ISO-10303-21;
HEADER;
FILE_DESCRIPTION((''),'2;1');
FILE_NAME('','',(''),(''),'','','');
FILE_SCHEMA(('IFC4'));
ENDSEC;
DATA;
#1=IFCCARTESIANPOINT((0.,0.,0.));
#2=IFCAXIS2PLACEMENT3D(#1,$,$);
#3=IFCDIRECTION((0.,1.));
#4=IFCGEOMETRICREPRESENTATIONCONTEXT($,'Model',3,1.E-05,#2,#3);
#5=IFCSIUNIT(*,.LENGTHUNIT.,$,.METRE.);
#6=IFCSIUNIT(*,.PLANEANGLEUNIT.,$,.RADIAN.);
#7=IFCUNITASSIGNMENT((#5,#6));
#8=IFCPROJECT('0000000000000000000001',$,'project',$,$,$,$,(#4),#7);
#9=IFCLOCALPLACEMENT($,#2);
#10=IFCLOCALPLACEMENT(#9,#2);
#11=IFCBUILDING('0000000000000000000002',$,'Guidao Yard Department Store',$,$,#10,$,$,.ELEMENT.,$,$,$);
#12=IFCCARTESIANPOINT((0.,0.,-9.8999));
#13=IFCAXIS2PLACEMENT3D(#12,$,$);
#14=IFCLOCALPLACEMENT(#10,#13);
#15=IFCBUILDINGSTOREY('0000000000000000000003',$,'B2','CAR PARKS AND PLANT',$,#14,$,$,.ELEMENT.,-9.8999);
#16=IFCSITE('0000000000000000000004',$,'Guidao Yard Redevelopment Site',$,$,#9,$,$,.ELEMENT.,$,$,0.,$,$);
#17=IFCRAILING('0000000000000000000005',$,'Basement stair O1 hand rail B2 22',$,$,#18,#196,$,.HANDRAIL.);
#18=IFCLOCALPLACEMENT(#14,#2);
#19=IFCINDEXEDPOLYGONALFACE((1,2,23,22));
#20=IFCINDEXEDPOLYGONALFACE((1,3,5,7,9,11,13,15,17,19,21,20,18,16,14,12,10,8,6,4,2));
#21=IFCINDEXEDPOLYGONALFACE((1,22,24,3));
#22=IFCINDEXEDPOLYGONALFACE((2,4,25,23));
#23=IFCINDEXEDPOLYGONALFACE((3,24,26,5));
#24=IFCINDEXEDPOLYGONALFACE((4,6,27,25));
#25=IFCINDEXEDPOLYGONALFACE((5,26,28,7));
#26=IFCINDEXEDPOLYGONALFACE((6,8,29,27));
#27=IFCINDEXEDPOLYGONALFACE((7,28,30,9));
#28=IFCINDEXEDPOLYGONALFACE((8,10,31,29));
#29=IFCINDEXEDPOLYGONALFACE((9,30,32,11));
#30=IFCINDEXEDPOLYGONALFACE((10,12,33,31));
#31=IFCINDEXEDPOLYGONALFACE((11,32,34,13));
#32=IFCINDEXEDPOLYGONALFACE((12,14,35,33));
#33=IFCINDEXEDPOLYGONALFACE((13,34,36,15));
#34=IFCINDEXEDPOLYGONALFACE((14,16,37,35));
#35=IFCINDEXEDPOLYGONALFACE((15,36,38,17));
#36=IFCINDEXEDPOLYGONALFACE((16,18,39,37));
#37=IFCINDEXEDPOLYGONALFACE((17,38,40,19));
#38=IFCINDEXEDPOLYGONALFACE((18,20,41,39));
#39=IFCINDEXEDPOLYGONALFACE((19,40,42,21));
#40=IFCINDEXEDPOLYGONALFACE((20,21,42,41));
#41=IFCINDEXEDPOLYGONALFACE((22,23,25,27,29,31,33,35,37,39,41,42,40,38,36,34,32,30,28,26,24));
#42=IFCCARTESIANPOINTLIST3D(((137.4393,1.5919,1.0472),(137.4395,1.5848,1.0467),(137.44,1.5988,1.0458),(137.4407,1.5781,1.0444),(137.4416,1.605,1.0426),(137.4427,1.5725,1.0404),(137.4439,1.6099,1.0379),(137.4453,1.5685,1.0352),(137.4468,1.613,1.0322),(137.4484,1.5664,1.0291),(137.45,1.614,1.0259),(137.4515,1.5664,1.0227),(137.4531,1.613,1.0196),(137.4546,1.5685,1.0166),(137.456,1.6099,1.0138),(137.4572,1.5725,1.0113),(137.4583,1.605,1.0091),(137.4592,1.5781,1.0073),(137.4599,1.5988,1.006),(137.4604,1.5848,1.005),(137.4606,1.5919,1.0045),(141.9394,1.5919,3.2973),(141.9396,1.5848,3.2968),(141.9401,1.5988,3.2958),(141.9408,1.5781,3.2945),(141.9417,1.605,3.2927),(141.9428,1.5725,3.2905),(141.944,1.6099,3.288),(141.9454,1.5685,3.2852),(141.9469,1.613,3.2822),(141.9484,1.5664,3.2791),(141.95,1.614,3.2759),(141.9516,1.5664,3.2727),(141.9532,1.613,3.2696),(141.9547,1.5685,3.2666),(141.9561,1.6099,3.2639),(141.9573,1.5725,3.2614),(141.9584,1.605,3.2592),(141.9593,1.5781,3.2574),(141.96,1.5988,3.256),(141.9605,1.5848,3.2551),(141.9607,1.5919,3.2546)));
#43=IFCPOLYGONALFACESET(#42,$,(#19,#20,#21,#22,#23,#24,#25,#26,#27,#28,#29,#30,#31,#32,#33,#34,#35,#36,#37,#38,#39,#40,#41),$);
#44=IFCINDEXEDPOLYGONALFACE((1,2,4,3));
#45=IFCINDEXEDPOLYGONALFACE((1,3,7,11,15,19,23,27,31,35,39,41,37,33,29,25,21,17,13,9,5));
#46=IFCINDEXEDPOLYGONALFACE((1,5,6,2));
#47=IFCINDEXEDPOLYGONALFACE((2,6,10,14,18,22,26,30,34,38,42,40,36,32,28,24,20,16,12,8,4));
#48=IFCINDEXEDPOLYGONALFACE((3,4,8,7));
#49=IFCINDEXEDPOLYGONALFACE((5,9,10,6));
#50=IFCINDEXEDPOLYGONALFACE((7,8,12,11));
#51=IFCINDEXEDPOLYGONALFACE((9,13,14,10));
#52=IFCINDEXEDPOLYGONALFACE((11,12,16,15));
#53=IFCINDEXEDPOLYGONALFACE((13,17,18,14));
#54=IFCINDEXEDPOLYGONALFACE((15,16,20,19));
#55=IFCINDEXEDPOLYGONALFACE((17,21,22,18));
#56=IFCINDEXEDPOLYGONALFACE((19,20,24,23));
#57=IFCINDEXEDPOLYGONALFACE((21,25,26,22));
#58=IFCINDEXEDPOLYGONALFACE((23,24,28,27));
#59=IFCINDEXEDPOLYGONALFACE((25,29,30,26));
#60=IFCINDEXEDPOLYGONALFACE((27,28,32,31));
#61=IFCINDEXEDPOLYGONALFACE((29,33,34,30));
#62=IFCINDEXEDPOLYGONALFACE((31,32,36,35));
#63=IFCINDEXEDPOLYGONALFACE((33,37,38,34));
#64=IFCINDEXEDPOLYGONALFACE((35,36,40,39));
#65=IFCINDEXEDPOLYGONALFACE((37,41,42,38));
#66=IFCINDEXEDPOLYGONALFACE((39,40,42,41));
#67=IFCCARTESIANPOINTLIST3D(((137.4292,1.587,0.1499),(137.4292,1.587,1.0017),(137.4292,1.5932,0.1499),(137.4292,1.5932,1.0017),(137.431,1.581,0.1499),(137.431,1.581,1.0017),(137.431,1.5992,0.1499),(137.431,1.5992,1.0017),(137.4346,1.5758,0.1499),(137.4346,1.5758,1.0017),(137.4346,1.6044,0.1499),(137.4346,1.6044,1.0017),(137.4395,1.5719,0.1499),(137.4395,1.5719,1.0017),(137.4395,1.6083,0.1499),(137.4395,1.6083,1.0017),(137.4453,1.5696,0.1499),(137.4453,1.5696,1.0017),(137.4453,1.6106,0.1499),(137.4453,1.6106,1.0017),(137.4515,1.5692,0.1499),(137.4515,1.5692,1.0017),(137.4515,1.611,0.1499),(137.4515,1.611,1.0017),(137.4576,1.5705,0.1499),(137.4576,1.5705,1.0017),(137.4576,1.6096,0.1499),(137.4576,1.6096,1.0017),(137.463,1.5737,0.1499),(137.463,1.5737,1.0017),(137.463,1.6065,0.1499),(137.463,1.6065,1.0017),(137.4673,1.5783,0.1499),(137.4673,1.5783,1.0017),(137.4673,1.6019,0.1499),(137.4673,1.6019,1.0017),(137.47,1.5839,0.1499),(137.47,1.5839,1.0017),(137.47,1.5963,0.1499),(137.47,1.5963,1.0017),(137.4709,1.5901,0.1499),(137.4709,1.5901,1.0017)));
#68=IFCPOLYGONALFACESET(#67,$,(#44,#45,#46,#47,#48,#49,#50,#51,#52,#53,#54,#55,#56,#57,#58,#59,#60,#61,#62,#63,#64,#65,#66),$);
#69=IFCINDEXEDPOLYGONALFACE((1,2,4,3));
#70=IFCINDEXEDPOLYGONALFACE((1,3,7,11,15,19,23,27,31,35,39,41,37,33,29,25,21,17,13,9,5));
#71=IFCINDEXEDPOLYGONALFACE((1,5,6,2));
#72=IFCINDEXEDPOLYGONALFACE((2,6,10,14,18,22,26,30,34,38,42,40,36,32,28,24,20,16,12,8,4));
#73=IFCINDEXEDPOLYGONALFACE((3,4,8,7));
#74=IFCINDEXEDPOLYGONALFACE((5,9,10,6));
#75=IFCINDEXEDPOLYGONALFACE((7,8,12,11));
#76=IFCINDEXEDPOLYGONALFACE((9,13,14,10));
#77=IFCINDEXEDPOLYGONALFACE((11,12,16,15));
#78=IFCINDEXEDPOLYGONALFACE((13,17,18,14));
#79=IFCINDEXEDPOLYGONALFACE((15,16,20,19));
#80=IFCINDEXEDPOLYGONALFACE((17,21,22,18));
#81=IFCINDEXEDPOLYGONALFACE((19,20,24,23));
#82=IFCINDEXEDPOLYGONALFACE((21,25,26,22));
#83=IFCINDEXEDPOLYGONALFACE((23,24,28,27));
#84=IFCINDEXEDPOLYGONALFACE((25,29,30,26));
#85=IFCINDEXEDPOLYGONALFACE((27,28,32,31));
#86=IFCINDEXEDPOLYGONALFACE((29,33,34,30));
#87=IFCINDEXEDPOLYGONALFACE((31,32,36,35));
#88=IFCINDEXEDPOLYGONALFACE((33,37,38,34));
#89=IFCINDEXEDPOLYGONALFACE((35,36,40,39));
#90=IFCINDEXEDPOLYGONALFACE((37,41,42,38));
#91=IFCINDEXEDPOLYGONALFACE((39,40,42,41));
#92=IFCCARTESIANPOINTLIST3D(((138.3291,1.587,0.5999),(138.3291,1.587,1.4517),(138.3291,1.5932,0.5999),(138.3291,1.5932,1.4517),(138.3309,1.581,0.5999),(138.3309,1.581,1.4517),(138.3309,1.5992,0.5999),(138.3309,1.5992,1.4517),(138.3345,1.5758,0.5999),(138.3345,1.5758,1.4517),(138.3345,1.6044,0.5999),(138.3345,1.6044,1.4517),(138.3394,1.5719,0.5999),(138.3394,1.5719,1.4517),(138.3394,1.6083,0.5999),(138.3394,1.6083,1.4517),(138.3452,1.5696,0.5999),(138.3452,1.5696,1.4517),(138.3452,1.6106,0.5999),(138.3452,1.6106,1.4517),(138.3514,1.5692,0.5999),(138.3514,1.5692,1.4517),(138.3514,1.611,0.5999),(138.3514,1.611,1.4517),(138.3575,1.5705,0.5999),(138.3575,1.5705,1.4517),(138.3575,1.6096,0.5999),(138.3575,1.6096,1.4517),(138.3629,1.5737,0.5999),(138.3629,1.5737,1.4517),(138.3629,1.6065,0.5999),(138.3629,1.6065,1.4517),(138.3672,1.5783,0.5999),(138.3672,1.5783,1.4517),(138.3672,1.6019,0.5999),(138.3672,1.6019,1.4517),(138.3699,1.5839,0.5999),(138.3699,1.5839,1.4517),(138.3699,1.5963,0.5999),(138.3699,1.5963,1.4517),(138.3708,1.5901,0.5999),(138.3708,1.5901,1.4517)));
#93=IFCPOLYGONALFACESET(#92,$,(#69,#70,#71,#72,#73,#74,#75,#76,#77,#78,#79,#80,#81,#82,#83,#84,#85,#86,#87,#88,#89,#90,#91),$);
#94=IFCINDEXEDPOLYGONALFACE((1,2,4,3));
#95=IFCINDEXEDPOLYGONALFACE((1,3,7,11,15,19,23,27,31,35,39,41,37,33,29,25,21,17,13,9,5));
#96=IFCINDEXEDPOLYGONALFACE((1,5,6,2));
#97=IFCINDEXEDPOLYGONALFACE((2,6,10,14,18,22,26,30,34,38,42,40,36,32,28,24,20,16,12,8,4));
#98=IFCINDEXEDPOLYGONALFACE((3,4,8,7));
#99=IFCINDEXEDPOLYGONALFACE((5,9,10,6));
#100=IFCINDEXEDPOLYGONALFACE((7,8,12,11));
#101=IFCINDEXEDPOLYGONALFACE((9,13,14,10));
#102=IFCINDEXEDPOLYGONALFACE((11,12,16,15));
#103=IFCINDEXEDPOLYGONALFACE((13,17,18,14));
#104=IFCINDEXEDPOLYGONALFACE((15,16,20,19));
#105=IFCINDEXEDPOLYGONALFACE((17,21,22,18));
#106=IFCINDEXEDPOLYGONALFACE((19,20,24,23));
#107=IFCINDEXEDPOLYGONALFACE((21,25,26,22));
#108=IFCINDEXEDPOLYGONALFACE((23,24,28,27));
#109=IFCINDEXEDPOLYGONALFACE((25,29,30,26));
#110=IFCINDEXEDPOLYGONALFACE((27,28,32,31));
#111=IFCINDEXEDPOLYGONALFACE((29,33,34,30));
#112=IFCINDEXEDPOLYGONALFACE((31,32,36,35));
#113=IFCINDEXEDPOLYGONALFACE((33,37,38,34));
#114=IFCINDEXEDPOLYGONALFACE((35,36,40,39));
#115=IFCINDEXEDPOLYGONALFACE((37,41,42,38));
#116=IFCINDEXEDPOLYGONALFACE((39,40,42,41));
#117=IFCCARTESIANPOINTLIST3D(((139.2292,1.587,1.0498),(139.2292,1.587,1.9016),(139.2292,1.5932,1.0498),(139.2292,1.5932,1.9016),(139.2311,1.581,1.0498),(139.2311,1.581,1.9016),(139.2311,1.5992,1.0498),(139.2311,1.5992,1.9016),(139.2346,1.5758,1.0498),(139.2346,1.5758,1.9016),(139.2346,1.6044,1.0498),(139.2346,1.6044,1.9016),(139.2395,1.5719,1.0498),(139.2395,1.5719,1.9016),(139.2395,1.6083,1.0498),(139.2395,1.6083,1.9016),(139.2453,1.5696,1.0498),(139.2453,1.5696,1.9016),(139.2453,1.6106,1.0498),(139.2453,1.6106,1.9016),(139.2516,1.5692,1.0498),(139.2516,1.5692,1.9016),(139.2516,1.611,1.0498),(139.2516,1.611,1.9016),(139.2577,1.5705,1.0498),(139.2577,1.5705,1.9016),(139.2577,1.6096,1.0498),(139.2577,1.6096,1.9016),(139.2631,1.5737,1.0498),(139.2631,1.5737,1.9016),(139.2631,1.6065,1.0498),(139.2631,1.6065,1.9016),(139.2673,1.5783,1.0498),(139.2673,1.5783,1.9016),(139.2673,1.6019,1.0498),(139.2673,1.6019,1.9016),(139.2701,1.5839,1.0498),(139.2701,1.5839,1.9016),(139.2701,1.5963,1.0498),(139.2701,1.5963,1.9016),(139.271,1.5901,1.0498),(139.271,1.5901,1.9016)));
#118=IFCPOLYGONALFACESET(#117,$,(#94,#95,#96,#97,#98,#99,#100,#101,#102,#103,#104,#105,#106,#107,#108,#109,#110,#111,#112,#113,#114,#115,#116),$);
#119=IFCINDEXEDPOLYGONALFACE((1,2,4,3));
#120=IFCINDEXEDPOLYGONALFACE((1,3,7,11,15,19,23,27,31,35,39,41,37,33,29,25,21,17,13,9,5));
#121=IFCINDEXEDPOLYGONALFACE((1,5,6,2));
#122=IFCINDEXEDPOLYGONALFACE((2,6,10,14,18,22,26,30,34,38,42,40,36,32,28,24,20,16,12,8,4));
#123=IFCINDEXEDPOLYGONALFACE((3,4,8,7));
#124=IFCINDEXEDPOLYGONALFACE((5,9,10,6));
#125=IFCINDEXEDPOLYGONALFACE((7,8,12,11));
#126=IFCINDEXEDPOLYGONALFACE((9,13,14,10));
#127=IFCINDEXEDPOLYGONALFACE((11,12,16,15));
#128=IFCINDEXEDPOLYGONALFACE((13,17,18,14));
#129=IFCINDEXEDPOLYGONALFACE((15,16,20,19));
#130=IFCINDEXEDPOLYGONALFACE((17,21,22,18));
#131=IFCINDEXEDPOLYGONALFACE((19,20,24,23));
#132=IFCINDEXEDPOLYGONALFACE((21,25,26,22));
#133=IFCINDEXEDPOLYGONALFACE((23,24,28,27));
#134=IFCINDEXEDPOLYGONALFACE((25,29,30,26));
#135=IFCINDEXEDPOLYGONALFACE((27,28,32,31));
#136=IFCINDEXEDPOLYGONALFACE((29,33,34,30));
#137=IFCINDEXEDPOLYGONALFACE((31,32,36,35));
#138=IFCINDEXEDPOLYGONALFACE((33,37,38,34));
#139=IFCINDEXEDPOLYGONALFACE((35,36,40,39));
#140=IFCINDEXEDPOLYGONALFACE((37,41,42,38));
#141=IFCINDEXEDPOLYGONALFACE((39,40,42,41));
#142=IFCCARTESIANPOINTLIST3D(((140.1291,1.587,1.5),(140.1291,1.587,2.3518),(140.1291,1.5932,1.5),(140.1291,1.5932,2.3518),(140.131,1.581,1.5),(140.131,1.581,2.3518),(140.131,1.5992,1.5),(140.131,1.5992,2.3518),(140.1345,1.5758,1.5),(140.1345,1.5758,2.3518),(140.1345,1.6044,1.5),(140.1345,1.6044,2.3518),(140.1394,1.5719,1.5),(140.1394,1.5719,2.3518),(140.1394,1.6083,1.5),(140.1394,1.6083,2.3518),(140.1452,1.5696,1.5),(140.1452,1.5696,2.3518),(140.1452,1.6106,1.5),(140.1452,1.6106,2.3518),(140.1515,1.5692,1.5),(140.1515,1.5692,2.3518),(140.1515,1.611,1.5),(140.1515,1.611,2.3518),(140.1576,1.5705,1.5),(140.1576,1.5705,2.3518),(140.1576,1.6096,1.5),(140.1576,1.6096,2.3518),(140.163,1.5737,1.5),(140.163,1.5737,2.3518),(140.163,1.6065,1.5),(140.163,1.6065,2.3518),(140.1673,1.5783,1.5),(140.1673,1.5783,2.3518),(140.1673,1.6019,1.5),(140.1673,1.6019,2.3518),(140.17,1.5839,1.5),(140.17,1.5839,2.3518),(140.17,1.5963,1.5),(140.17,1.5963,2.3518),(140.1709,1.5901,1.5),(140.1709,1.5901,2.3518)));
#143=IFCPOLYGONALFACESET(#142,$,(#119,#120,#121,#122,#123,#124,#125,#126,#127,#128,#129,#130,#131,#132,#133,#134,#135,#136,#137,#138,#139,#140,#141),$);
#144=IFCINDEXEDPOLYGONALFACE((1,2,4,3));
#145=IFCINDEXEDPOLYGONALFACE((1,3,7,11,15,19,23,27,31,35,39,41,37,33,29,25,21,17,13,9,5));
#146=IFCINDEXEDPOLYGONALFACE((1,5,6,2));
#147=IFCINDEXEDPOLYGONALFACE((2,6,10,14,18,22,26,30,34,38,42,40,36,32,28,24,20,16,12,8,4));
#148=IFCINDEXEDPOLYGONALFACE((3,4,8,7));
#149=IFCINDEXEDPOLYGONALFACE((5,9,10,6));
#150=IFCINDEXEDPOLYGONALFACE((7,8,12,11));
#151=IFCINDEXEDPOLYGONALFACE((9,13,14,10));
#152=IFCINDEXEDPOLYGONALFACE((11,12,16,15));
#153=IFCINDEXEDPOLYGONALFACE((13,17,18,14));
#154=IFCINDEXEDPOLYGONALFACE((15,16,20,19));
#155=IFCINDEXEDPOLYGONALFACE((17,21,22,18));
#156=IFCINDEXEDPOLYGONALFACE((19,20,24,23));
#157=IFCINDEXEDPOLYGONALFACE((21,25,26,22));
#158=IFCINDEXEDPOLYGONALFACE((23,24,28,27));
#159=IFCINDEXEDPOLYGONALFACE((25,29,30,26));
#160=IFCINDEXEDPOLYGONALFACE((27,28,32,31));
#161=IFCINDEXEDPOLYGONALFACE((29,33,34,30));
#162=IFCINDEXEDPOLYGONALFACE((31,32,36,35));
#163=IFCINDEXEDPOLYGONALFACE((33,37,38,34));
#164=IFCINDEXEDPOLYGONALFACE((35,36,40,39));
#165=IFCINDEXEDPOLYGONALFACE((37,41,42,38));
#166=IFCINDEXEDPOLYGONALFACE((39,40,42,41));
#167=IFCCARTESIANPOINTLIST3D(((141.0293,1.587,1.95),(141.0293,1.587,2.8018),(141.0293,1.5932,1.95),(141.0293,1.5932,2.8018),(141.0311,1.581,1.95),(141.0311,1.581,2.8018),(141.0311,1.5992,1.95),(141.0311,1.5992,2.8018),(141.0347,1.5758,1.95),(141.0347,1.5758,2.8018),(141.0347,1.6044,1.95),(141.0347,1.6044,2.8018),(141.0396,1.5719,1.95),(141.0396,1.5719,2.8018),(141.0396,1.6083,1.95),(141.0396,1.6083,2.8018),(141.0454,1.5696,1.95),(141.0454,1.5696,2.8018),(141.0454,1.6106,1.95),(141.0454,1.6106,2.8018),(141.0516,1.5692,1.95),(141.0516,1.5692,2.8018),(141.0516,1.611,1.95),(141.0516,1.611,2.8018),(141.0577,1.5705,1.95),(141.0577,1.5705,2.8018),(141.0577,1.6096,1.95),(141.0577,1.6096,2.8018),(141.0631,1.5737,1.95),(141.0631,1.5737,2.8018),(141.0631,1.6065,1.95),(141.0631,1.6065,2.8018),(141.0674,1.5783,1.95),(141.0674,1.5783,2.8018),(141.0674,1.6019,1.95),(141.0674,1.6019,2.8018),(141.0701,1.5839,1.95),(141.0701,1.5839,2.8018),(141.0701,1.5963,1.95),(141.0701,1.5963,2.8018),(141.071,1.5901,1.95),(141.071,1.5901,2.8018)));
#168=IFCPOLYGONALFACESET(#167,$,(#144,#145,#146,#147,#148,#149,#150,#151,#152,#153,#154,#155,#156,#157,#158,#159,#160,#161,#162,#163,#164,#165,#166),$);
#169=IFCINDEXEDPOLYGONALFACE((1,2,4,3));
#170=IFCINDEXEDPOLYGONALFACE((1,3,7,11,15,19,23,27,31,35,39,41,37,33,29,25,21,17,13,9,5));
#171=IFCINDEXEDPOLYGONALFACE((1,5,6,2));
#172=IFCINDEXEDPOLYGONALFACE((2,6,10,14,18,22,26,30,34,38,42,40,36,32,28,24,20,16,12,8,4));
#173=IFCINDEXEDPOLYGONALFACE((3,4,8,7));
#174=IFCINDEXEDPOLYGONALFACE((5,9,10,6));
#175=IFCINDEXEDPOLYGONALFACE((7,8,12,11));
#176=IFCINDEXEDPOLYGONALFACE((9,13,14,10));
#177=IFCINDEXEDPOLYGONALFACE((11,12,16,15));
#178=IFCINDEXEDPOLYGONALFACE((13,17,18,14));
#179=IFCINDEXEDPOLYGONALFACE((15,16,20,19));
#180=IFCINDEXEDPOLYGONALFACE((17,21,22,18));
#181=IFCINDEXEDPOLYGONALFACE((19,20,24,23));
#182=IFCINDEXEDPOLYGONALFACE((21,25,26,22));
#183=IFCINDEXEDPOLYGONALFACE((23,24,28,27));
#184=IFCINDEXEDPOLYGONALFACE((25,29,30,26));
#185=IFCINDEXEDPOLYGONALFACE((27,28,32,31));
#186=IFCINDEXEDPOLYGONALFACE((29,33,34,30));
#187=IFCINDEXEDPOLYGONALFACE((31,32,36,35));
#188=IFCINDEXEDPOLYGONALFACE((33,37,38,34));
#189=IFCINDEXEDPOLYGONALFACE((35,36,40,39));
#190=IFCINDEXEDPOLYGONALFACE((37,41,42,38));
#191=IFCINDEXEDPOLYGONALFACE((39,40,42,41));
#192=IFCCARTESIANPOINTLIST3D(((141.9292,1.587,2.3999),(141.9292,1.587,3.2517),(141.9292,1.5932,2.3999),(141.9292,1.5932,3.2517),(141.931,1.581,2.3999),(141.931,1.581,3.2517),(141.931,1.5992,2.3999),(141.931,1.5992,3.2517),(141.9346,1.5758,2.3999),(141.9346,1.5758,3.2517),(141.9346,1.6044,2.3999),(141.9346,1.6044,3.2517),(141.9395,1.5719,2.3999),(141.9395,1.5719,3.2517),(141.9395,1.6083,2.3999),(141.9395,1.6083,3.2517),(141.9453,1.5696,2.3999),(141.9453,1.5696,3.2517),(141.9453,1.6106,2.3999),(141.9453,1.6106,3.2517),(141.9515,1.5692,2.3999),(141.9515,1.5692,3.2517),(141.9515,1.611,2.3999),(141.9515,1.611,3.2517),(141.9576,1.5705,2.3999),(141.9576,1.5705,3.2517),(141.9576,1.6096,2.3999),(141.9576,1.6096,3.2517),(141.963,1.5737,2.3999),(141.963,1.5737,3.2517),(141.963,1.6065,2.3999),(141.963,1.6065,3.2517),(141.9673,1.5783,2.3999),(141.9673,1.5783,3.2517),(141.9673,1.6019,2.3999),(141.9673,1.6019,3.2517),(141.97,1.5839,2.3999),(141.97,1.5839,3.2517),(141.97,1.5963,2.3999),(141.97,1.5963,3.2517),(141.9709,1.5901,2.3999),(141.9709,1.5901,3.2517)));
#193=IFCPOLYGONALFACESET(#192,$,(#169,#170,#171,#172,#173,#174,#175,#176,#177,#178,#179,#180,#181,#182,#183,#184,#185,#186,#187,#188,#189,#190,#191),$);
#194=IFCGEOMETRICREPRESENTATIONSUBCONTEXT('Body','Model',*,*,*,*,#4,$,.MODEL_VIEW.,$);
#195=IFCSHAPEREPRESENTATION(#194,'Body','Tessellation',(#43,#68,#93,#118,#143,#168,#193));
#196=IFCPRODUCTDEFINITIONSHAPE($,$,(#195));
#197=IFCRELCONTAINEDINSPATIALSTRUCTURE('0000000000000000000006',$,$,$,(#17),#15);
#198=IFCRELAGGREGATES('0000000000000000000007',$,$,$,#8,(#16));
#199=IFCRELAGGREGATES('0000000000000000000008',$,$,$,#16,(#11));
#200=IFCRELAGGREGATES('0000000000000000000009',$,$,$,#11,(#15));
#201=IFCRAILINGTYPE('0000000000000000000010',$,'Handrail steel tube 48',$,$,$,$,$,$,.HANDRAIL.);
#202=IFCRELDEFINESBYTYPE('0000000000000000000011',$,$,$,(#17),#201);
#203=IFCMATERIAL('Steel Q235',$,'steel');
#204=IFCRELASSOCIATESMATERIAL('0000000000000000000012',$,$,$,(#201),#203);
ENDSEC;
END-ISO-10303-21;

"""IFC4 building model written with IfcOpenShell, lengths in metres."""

from ifc_helpers import new_model, si_unit, direction, frame, origin, origin_2d, place, context, subcontext, project, spatial, circle, extrude, material, type_object, element, save


model = new_model("IFC4")

# Units and contexts
model_context = context("Model", 3, precision=1e-05, world=origin(), true_north=direction((0.0, 1.0)))
body_context = subcontext(model_context, "Body", "Model", "MODEL_VIEW")
ifc_project = project(units=[si_unit("LENGTHUNIT", "METRE"), si_unit("PLANEANGLEUNIT", "RADIAN")], contexts=[model_context])

# Site, building, storey
site_placement = place(None, origin())
site = spatial("IfcSite", under=ifc_project, at=site_placement, Name="Guidao Yard Redevelopment Site", CompositionType="ELEMENT", RefElevation=0.0)
building_placement = place(site_placement, origin())
building = spatial("IfcBuilding", under=site, at=building_placement, Name="Guidao Yard Department Store", CompositionType="ELEMENT")
storey_placement = place(building_placement, frame((0.0, 0.0, -9.8999)))
storey = spatial("IfcBuildingStorey", under=building, at=storey_placement, Name="B2", Description="CAR PARKS AND PLANT", CompositionType="ELEMENT", Elevation=-9.8999)

# Railing
ifc_material_1 = material(Name="Steel Q235", Category="steel")
railing_type_1 = type_object("IfcRailingType", Name="Handrail steel tube 48", PredefinedType="HANDRAIL", material=ifc_material_1)
for number, where, name in (
    (1, (137.45, 1.5901, 0.1499), "Basement stair O1 hand rail B2 22"),
):
    element("IfcRailing", number, at=place(storey_placement, frame(where)), inside=storey, type_object=railing_type_1, Name=name, PredefinedType="HANDRAIL", context=body_context, shape_type="SweptSolid", body=[
        extrude(circle(Radius=0.0239, at=origin_2d()), frame((0.0, 0.0, 0.876), z_axis=(0.894427, 0.0, 0.447214), x_axis=(0.0, 1.0, 0.0)), (0.0, 0.0, 1.0), 5.0312),
        extrude(circle(Radius=0.021, at=origin_2d()), origin(), (0.0, 0.0, 1.0), 0.8518),
        extrude(circle(Radius=0.021, at=origin_2d()), frame((0.8999, 0.0, 0.45)), (0.0, 0.0, 1.0), 0.8518),
        extrude(circle(Radius=0.021, at=origin_2d()), frame((1.8, 0.0, 0.8999)), (0.0, 0.0, 1.0), 0.8518),
        extrude(circle(Radius=0.021, at=origin_2d()), frame((2.7, 0.0, 1.3501)), (0.0, 0.0, 1.0), 0.8518),
        extrude(circle(Radius=0.021, at=origin_2d()), frame((3.6001, 0.0, 1.8)), (0.0, 0.0, 1.0), 0.8518),
        extrude(circle(Radius=0.021, at=origin_2d()), frame((4.5, 0.0, 2.25)), (0.0, 0.0, 1.0), 0.8518),
    ])

save(model, "model.ifc")
